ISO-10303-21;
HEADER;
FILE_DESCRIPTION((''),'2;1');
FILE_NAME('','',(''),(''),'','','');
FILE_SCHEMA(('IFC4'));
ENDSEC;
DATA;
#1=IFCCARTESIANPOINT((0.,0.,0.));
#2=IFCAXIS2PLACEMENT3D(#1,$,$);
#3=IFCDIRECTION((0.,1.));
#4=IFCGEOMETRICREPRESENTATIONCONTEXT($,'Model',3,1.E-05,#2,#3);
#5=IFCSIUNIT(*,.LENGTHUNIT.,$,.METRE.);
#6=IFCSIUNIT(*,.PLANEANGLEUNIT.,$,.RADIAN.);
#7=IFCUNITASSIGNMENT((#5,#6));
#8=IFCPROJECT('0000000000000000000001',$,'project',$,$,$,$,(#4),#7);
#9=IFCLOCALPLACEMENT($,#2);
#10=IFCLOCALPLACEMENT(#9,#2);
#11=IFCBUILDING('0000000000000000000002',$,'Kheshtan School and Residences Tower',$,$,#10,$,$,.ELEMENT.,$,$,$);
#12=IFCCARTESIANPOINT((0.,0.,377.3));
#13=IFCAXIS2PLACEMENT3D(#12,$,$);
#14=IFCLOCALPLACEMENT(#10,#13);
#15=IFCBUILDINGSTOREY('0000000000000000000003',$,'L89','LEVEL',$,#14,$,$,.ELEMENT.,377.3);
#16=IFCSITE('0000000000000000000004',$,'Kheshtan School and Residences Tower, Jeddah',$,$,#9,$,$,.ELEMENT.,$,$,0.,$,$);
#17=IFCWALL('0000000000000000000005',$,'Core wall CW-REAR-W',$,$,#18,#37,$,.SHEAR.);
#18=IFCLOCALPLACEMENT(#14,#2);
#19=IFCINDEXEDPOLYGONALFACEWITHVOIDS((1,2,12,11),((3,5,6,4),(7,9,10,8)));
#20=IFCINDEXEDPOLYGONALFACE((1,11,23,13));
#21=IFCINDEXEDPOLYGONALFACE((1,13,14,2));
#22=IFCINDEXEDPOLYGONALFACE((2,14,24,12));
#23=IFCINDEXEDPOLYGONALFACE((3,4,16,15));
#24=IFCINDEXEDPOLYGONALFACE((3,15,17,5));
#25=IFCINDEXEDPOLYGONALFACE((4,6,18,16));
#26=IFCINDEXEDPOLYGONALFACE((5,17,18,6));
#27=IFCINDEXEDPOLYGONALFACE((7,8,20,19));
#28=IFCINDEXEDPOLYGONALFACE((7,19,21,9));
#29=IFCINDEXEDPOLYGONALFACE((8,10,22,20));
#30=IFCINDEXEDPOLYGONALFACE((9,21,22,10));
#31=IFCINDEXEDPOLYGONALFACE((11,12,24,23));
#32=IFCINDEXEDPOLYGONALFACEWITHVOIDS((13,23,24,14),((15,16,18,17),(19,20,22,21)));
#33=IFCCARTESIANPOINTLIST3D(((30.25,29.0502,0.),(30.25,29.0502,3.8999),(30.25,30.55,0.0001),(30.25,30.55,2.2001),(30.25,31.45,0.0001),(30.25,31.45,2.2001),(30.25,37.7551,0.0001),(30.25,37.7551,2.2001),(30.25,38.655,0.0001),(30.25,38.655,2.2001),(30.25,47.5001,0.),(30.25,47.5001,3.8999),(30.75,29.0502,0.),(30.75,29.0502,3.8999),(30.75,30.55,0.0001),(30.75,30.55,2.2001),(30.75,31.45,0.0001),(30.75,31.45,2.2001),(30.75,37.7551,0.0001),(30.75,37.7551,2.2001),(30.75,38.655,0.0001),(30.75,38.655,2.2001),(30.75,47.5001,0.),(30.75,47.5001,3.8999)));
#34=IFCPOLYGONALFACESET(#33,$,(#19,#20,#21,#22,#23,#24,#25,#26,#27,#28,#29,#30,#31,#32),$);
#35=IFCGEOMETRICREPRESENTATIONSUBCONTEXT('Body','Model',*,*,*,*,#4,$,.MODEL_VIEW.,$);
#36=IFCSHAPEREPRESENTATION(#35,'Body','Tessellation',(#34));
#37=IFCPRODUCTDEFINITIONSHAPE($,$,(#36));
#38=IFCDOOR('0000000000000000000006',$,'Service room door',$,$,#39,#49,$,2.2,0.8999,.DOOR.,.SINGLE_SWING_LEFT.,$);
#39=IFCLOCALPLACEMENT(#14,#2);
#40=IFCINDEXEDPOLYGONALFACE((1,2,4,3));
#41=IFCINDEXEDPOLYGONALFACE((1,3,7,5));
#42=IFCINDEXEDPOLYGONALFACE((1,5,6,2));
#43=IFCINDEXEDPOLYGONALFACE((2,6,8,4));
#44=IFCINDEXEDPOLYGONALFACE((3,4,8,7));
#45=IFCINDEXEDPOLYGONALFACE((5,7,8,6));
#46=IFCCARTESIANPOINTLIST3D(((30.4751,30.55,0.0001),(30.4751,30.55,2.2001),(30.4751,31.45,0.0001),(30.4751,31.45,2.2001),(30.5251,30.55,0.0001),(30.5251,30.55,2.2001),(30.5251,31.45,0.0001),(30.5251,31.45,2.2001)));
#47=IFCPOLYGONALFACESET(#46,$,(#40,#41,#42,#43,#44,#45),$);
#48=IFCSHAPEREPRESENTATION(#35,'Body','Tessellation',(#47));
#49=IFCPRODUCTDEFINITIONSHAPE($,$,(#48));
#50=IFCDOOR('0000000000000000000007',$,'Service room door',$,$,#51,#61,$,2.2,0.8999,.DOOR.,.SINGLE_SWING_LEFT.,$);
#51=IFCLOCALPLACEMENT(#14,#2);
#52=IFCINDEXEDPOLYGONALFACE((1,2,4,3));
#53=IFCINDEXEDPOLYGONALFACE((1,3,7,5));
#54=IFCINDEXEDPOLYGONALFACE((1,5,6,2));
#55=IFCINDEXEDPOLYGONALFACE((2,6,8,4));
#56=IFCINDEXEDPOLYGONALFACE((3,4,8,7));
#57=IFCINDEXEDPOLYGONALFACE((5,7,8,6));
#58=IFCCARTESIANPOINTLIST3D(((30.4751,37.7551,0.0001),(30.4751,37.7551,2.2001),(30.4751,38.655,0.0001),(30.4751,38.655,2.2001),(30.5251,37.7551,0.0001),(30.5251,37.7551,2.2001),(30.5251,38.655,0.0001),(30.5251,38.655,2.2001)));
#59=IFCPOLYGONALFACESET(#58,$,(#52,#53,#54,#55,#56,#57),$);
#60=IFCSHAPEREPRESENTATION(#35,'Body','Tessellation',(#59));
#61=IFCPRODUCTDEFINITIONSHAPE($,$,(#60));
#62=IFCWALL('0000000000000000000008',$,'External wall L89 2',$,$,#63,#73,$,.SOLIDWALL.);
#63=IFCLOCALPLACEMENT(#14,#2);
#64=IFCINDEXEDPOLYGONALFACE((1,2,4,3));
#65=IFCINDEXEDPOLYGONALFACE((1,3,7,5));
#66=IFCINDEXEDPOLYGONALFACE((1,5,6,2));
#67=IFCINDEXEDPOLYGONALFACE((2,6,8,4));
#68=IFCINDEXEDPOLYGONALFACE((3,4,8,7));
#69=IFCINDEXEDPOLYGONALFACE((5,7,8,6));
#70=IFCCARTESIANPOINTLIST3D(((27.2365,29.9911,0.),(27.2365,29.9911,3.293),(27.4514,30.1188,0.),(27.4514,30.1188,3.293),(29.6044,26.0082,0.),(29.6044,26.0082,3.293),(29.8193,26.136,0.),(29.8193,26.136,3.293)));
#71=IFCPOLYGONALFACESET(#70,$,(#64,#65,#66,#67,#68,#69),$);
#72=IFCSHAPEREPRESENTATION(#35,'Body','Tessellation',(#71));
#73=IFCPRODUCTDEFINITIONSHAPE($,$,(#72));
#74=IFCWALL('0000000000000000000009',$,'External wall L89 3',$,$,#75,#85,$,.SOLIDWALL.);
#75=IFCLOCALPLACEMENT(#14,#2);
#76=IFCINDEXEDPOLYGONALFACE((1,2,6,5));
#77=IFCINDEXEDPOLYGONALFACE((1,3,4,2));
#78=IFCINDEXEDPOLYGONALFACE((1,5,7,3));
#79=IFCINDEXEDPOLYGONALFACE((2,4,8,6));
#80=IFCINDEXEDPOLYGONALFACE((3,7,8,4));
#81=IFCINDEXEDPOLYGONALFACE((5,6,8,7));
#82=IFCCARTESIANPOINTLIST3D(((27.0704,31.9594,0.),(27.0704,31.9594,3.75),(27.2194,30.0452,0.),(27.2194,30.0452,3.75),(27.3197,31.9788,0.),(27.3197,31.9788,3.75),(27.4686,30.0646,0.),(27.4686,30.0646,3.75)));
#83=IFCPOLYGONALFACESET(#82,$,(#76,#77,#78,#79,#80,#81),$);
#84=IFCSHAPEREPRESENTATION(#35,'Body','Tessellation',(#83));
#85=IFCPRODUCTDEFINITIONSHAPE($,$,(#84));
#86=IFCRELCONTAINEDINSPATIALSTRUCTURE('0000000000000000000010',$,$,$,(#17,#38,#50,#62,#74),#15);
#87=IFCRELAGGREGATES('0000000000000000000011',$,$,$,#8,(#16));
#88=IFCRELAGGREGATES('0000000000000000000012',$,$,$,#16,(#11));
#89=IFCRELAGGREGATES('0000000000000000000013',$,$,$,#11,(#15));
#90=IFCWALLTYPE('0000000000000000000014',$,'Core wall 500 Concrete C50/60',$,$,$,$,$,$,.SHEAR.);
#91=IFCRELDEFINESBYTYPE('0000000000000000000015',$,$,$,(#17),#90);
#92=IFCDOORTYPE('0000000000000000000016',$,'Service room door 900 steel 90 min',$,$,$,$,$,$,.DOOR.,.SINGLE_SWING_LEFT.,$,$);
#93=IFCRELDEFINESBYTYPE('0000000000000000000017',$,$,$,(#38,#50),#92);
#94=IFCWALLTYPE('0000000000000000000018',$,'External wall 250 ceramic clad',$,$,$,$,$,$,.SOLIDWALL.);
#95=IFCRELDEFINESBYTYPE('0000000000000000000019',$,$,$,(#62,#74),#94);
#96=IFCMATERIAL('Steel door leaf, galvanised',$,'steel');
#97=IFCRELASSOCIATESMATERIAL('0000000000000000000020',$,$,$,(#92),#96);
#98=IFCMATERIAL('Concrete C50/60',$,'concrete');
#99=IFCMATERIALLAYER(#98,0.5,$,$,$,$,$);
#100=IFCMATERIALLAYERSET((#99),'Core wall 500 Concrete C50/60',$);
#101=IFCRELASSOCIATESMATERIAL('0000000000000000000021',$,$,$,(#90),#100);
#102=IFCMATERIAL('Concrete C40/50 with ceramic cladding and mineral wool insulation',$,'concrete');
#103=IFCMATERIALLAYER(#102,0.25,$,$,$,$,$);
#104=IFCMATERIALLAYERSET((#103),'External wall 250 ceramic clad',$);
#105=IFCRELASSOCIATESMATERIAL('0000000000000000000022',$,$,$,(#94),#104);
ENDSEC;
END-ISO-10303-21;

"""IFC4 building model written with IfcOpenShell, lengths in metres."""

from ifc_helpers import new_model, si_unit, direction, frame, frame_2d, origin, place, context, subcontext, project, spatial, rectangle, extrude, source, transform, mapped, material, layer, layer_set, type_object, element, fill, save


model = new_model("IFC4")

# Units and contexts
model_context = context("Model", 3, precision=1e-05, world=origin(), true_north=direction((0.0, 1.0)))
body_context = subcontext(model_context, "Body", "Model", "MODEL_VIEW")
ifc_project = project(units=[si_unit("LENGTHUNIT", "METRE"), si_unit("PLANEANGLEUNIT", "RADIAN")], contexts=[model_context])

# Site, building, storey
site_placement = place(None, origin())
site = spatial("IfcSite", under=ifc_project, at=site_placement, Name="Kheshtan School and Residences Tower, Jeddah", CompositionType="ELEMENT", RefElevation=0.0)
building_placement = place(site_placement, origin())
building = spatial("IfcBuilding", under=site, at=building_placement, Name="Kheshtan School and Residences Tower", CompositionType="ELEMENT")
storey_placement = place(building_placement, frame((0.0, 0.0, 377.3)))
storey = spatial("IfcBuildingStorey", under=building, at=storey_placement, Name="L89", Description="LEVEL", CompositionType="ELEMENT", Elevation=377.3)

# Shared definitions
ifc_material_1 = material(Name="Concrete C50/60", Category="concrete")
ifc_material_2 = material(Name="Steel door leaf, galvanised", Category="steel")
door_type_1 = type_object("IfcDoorType", Name="Service room door 900 steel 90 min", OperationType="SINGLE_SWING_LEFT", PredefinedType="DOOR", material=ifc_material_2)
shared_shape_1 = source(origin(), body_context, "Body", "SweptSolid", [
    extrude(rectangle(XDim=0.8999, YDim=2.2, at=frame_2d((0.45, 1.1001))), frame((0.0, 0.0249, 0.0), z_axis=(0.0, -1.0, 0.0), x_axis=(1.0, 0.0, 0.0)), (0.0, 0.0, 1.0), 0.05),
])

# Shared definitions
ifc_layer_1 = layer(ifc_material_1, 0.5)
ifc_layer_set_1 = layer_set([ifc_layer_1], Name="Core wall 500 Concrete C50/60")
wall_type_1 = type_object("IfcWallType", Name="Core wall 500 Concrete C50/60", PredefinedType="SHEAR", material=ifc_layer_set_1)

# Wall, openings, doors
wall_1_placement = place(storey_placement, frame((30.5, 29.05, 0.0), z_axis=(0.0, 0.0, 1.0), x_axis=(0.0, 1.0, 0.0)))
wall_1 = element("IfcWall", 1, at=wall_1_placement, inside=storey, type_object=wall_type_1, Name="Core wall CW-REAR-W", PredefinedType="SHEAR", context=body_context, shape_type="SweptSolid", body=[
    extrude(rectangle(XDim=18.45, YDim=0.5, at=frame_2d((9.2251, 0.0))), origin(), (0.0, 0.0, 1.0), 3.8999),
])
opening_1_placement = place(wall_1_placement, frame((1.5, 0.0, 0.0)))
opening_1 = element("IfcOpeningElement", 2, at=opening_1_placement, cuts=wall_1, PredefinedType="OPENING", context=body_context, shape_type="SweptSolid", body=[
    extrude(rectangle(XDim=0.8999, YDim=2.2, at=frame_2d((0.45, 1.1001))), frame((0.0, 0.26, 0.0), z_axis=(0.0, -1.0, 0.0), x_axis=(1.0, 0.0, 0.0)), (0.0, 0.0, 1.0), 0.52),
])
opening_2_placement = place(wall_1_placement, frame((8.7051, 0.0, 0.0)))
opening_2 = element("IfcOpeningElement", 3, at=opening_2_placement, cuts=wall_1, PredefinedType="OPENING", context=body_context, shape_type="SweptSolid", body=[
    extrude(rectangle(XDim=0.8999, YDim=2.2, at=frame_2d((0.45, 1.1001))), frame((0.0, 0.26, 0.0), z_axis=(0.0, -1.0, 0.0), x_axis=(1.0, 0.0, 0.0)), (0.0, 0.0, 1.0), 0.52),
])
door_1_placement = place(opening_1_placement, origin())
door_1 = element("IfcDoor", 4, at=door_1_placement, inside=storey, type_object=door_type_1, Name="Service room door", OperationType="SINGLE_SWING_LEFT", OverallHeight=2.2, OverallWidth=0.8999, PredefinedType="DOOR", context=body_context, shape_type="MappedRepresentation", body=[
    mapped(shared_shape_1, transform((0.0, 0.0, 0.0), x_axis=(1.0, 0.0, 0.0), y_axis=(0.0, 1.0, 0.0), z_axis=(0.0, 0.0, 1.0), scale=1.0)),
])
fill(opening_1, door_1)
door_2_placement = place(opening_2_placement, origin())
door_2 = element("IfcDoor", 5, at=door_2_placement, inside=storey, type_object=door_type_1, Name="Service room door", OperationType="SINGLE_SWING_LEFT", OverallHeight=2.2, OverallWidth=0.8999, PredefinedType="DOOR", context=body_context, shape_type="MappedRepresentation", body=[
    mapped(shared_shape_1, transform((0.0, 0.0, 0.0), x_axis=(1.0, 0.0, 0.0), y_axis=(0.0, 1.0, 0.0), z_axis=(0.0, 0.0, 1.0), scale=1.0)),
])
fill(opening_2, door_2)

# Walls
ifc_material_3 = material(Name="Concrete C40/50 with ceramic cladding and mineral wool insulation", Category="concrete")
ifc_layer_2 = layer(ifc_material_3, 0.25)
ifc_layer_set_2 = layer_set([ifc_layer_2], Name="External wall 250 ceramic clad")
wall_type_2 = type_object("IfcWallType", Name="External wall 250 ceramic clad", PredefinedType="SOLIDWALL", material=ifc_layer_set_2)
wall_2_placement = place(storey_placement, frame((29.7119, 26.072, 0.0), z_axis=(0.0, 0.0, 1.0), x_axis=(-0.511028, 0.859564, 0.0)))
element("IfcWall", 6, at=wall_2_placement, inside=storey, type_object=wall_type_2, Name="External wall L89 2", PredefinedType="SOLIDWALL", context=body_context, shape_type="SweptSolid", body=[
    extrude(rectangle(XDim=4.6335, YDim=0.25, at=frame_2d((2.3169, 0.0))), origin(), (0.0, 0.0, 1.0), 3.293),
])
wall_3_placement = place(storey_placement, frame((27.344, 30.0549, 0.0), z_axis=(0.0, 0.0, 1.0), x_axis=(-0.077572, 0.996987, 0.0)))
element("IfcWall", 7, at=wall_3_placement, inside=storey, type_object=wall_type_2, Name="External wall L89 3", PredefinedType="SOLIDWALL", context=body_context, shape_type="SweptSolid", body=[
    extrude(rectangle(XDim=1.9199, YDim=0.25, at=frame_2d((0.96, 0.0))), origin(), (0.0, 0.0, 1.0), 3.75),
])

save(model, "model.ifc")
